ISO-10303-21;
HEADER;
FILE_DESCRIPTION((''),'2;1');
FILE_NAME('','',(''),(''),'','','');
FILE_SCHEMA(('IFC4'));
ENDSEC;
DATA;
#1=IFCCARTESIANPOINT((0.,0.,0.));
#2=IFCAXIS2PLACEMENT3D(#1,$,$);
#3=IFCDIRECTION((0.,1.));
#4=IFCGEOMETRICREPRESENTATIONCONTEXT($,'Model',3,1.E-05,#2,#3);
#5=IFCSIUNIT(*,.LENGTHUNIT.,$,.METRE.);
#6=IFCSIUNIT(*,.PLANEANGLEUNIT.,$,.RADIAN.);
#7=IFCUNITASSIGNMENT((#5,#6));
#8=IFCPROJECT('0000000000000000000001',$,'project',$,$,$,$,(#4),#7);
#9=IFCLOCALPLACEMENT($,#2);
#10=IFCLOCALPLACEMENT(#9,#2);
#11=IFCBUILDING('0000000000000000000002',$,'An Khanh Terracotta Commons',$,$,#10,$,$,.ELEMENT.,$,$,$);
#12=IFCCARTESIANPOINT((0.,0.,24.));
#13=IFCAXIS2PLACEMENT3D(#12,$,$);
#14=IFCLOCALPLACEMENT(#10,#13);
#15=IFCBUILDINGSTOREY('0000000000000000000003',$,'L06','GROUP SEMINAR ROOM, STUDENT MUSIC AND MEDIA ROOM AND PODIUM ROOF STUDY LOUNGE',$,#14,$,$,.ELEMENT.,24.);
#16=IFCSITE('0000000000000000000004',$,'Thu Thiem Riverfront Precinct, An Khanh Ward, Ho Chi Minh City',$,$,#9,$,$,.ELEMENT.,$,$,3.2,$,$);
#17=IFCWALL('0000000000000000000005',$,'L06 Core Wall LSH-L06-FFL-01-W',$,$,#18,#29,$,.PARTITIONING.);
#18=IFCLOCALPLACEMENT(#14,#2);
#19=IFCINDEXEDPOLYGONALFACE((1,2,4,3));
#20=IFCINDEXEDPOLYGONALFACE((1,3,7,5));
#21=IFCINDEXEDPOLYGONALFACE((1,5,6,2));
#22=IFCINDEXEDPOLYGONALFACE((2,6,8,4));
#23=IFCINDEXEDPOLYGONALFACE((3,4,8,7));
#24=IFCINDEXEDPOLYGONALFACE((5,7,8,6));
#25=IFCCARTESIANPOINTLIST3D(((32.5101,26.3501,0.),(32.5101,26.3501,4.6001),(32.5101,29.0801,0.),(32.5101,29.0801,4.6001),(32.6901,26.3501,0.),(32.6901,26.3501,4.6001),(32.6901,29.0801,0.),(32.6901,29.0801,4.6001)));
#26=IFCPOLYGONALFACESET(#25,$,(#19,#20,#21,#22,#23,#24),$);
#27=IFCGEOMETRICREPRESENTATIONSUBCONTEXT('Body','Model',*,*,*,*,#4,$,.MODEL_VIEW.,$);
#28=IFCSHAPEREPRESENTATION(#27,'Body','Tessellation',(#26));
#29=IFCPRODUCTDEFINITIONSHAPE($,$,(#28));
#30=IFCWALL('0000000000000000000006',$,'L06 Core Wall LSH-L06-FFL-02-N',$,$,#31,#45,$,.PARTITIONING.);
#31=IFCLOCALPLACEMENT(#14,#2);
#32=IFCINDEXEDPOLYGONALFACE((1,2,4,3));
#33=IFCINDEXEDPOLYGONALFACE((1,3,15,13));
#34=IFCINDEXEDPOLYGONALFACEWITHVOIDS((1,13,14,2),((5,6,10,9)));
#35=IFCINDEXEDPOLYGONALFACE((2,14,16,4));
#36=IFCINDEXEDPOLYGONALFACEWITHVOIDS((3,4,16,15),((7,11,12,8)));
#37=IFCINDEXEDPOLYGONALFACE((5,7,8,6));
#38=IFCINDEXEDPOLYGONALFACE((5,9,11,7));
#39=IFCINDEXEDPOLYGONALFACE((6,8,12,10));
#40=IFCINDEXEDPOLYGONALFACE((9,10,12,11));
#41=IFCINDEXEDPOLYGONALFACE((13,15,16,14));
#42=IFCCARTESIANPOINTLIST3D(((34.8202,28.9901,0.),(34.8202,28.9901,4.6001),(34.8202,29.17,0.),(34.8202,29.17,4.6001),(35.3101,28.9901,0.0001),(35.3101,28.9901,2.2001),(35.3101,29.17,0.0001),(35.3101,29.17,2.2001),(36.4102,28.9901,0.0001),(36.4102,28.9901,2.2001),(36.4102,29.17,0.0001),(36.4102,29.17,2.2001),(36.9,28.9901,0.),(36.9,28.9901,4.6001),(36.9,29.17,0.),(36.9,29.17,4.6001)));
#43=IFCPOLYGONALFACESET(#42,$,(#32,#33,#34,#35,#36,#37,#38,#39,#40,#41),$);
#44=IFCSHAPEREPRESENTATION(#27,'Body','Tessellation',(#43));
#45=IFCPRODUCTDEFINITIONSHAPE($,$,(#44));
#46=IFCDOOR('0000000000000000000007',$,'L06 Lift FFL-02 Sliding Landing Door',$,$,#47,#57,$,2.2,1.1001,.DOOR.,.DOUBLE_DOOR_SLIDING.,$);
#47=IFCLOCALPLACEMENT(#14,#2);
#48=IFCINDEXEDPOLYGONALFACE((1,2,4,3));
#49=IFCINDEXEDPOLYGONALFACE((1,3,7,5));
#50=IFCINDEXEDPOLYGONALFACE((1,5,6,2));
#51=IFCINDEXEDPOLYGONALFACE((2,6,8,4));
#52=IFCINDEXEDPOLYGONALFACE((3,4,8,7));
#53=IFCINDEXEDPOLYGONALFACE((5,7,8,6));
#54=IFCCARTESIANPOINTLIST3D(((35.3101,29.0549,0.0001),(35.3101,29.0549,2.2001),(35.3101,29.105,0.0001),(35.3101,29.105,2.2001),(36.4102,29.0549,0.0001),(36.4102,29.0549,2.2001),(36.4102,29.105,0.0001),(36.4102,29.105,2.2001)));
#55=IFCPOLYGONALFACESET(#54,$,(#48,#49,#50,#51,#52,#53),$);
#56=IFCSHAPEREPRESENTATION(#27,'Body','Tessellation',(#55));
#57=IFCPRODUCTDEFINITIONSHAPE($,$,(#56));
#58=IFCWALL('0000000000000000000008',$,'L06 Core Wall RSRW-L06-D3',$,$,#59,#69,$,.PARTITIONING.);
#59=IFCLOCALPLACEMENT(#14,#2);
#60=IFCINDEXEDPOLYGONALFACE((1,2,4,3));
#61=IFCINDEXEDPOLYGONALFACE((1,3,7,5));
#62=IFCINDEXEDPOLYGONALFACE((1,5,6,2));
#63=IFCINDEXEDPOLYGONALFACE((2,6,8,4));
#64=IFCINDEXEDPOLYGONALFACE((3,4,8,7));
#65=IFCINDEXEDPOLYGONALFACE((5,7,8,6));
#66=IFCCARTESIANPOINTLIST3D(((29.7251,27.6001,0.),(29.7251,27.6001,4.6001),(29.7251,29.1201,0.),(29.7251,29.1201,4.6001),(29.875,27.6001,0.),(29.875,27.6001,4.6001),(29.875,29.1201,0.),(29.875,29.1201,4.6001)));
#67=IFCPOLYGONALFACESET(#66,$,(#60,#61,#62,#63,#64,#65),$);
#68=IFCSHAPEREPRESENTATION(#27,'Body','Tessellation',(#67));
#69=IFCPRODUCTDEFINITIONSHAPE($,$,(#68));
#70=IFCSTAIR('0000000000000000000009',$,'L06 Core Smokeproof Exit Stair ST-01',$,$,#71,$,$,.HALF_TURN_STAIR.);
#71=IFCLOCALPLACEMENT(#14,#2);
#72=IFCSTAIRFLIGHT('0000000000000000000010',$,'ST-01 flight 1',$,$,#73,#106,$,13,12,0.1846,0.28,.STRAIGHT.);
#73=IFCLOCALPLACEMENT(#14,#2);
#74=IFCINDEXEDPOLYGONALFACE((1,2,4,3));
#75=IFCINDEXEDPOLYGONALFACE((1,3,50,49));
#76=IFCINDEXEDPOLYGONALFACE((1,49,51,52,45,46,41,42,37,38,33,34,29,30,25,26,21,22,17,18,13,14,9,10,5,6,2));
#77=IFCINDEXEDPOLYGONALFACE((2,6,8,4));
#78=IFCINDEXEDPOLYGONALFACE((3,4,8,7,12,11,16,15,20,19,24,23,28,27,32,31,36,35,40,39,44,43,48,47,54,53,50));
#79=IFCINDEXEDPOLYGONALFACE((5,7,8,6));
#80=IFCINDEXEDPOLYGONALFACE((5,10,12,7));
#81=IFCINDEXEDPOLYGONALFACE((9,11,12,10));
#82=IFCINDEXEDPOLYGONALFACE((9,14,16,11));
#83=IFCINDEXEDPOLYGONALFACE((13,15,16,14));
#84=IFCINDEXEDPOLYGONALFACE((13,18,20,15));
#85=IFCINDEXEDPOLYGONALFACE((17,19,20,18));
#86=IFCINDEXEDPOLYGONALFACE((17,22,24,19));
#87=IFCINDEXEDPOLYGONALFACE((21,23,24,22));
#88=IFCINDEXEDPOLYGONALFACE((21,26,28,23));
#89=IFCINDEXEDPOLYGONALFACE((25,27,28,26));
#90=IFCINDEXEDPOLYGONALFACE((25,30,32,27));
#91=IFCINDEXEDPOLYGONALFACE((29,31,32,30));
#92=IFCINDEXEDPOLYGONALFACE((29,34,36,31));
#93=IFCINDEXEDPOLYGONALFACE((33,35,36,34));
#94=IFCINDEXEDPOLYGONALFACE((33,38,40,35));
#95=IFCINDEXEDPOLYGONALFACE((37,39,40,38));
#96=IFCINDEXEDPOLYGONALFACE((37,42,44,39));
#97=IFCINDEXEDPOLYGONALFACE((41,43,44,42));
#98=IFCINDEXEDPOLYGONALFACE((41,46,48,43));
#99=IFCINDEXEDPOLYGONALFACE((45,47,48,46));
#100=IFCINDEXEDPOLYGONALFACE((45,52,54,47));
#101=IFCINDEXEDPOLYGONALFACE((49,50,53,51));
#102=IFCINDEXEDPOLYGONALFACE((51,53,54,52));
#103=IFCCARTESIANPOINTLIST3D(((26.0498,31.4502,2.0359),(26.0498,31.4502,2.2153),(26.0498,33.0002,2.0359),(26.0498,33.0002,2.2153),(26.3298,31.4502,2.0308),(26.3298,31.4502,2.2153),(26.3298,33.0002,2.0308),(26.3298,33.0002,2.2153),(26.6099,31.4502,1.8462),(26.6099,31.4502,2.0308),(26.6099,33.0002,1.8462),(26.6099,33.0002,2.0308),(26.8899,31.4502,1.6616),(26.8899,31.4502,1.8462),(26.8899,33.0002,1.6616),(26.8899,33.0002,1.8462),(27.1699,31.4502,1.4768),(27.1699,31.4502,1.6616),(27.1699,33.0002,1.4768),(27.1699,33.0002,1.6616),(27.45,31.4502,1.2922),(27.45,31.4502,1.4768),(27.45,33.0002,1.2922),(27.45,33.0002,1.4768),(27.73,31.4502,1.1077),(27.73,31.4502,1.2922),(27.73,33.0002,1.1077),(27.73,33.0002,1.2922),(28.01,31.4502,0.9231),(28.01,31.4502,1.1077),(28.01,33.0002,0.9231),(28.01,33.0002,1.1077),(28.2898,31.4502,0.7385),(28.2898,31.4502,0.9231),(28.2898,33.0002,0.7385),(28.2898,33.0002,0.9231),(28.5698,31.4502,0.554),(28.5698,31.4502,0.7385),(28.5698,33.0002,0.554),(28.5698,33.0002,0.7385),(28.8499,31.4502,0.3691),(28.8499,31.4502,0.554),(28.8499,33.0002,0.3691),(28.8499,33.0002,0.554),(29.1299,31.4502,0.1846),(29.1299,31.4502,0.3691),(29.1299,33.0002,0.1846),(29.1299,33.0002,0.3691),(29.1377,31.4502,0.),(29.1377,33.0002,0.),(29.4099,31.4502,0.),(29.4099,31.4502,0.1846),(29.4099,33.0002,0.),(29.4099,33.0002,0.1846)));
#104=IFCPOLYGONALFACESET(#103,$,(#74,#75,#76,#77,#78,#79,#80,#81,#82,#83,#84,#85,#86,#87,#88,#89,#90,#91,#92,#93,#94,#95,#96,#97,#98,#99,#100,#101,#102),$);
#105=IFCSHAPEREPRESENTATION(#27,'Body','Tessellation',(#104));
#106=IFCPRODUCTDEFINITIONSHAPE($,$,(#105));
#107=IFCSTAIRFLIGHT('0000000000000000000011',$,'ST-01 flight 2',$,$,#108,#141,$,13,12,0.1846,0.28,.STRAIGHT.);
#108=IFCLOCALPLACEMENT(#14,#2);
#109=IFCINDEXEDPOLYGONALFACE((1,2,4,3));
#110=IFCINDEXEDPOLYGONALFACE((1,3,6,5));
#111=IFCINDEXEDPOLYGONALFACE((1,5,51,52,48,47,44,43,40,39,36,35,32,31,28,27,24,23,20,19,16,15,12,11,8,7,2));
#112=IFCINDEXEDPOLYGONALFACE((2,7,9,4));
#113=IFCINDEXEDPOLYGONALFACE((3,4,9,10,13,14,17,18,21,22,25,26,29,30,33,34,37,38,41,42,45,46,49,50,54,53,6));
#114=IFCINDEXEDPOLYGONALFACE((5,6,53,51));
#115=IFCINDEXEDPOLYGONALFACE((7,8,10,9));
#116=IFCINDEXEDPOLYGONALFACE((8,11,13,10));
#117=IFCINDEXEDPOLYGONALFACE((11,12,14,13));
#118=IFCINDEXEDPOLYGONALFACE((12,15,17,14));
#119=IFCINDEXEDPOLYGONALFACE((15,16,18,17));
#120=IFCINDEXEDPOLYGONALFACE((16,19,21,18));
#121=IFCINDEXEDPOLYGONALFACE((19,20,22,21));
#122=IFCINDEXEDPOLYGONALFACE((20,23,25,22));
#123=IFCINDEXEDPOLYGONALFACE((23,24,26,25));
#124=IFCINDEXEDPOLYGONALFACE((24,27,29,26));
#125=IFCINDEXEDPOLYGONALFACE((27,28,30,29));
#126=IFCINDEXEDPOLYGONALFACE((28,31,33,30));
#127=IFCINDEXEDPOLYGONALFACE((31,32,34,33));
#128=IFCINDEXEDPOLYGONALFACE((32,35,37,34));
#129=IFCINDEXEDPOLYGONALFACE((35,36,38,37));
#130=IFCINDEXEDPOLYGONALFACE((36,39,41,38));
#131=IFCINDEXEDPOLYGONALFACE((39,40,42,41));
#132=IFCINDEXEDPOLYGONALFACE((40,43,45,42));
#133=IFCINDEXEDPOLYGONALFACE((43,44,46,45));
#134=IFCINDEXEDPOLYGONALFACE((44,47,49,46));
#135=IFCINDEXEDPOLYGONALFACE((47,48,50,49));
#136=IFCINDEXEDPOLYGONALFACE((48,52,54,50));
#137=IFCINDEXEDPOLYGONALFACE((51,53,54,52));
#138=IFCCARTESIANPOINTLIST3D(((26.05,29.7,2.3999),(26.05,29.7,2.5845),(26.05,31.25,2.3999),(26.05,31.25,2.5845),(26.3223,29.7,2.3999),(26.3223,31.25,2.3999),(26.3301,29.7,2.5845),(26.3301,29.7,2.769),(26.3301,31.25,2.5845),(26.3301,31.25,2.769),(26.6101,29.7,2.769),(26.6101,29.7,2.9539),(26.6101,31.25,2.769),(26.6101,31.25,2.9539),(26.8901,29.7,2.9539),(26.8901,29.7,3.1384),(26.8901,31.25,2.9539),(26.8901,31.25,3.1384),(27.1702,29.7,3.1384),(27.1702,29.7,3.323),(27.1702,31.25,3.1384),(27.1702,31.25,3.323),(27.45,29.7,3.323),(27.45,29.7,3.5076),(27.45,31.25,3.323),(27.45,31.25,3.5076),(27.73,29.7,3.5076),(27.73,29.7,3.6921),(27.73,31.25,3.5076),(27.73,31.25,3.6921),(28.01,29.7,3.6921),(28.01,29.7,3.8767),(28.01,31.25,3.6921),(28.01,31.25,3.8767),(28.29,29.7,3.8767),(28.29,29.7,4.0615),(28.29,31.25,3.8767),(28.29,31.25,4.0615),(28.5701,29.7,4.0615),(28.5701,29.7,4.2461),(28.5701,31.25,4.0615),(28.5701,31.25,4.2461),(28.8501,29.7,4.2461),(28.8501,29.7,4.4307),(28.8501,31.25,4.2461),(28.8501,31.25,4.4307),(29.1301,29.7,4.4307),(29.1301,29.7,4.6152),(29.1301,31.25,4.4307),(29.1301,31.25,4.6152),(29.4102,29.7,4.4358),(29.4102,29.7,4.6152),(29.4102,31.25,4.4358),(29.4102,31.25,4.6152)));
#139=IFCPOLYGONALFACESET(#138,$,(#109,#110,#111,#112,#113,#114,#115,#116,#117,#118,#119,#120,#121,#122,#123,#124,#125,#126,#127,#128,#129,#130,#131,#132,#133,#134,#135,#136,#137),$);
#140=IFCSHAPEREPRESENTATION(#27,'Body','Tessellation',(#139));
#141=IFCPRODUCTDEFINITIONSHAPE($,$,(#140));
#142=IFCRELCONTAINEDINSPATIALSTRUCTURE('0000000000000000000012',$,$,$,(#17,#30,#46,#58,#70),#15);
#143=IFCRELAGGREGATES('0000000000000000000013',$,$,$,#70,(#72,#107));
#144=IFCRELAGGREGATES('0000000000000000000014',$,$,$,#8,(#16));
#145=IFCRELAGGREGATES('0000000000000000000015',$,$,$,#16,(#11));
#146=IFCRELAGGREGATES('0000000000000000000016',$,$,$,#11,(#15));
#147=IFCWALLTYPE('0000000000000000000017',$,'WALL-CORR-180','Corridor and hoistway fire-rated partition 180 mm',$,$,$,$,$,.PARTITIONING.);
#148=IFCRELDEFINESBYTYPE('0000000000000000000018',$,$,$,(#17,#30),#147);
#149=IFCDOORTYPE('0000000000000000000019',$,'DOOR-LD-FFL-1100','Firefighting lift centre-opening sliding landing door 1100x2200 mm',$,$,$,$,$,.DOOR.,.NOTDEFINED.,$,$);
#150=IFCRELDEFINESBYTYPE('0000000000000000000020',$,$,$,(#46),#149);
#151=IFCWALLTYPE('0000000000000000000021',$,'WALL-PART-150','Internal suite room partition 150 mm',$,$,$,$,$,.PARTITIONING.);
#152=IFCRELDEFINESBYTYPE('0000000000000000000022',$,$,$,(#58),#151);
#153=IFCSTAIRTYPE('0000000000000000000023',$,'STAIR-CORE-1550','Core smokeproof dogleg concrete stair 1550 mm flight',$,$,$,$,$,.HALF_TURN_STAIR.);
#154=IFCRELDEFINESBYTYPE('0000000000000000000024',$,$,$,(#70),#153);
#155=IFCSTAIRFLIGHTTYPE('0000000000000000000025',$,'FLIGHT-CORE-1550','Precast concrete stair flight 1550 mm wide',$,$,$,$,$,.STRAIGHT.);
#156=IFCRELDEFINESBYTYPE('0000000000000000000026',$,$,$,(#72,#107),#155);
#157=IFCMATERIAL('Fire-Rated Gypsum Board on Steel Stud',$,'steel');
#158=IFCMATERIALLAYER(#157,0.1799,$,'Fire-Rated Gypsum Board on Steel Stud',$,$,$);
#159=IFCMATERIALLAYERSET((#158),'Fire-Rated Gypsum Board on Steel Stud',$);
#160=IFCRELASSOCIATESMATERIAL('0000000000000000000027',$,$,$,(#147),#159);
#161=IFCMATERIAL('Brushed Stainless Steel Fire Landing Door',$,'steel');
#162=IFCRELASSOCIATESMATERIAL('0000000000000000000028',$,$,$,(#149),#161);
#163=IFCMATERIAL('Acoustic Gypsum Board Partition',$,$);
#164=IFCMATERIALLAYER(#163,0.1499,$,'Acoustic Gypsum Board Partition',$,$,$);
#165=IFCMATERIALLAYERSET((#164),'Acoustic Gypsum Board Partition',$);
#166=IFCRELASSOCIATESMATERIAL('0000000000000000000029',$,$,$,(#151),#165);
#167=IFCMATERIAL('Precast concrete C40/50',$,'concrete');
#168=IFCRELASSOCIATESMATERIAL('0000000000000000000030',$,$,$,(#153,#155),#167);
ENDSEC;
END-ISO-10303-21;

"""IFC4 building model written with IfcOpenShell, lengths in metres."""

from ifc_helpers import new_model, si_unit, direction, frame, frame_2d, origin, place, context, subcontext, project, spatial, polyline, rectangle, outline, extrude, material, layer, layer_set, type_object, element, fill, aggregate, save


model = new_model("IFC4")

# Units and contexts
model_context = context("Model", 3, precision=1e-05, world=origin(), true_north=direction((0.0, 1.0)))
body_context = subcontext(model_context, "Body", "Model", "MODEL_VIEW")
ifc_project = project(units=[si_unit("LENGTHUNIT", "METRE"), si_unit("PLANEANGLEUNIT", "RADIAN")], contexts=[model_context])

# Site, building, storey
site_placement = place(None, origin())
site = spatial("IfcSite", under=ifc_project, at=site_placement, Name="Thu Thiem Riverfront Precinct, An Khanh Ward, Ho Chi Minh City", CompositionType="ELEMENT", RefElevation=3.2)
building_placement = place(site_placement, origin())
building = spatial("IfcBuilding", under=site, at=building_placement, Name="An Khanh Terracotta Commons", CompositionType="ELEMENT")
storey_placement = place(building_placement, frame((0.0, 0.0, 24.0)))
storey = spatial("IfcBuildingStorey", under=building, at=storey_placement, Name="L06", Description="GROUP SEMINAR ROOM, STUDENT MUSIC AND MEDIA ROOM AND PODIUM ROOF STUDY LOUNGE", CompositionType="ELEMENT", Elevation=24.0)

# Shared definitions
ifc_material_1 = material(Name="Fire-Rated Gypsum Board on Steel Stud", Category="steel")
ifc_layer_1 = layer(ifc_material_1, 0.1799, Name="Fire-Rated Gypsum Board on Steel Stud")
ifc_layer_set_1 = layer_set([ifc_layer_1], Name="Fire-Rated Gypsum Board on Steel Stud")
wall_type_1 = type_object("IfcWallType", Name="WALL-CORR-180", Description="Corridor and hoistway fire-rated partition 180 mm", PredefinedType="PARTITIONING", material=ifc_layer_set_1)

# Shared definitions
ifc_material_2 = material(Name="Brushed Stainless Steel Fire Landing Door", Category="steel")
door_type_1 = type_object("IfcDoorType", Name="DOOR-LD-FFL-1100", Description="Firefighting lift centre-opening sliding landing door 1100x2200 mm", OperationType="NOTDEFINED", PredefinedType="DOOR", material=ifc_material_2)

# Wall
wall_1_placement = place(storey_placement, frame((32.6001, 29.0801, 0.0), z_axis=(0.0, 0.0, 1.0), x_axis=(0.0, -1.0, 0.0)))
element("IfcWall", 1, at=wall_1_placement, inside=storey, type_object=wall_type_1, Name="L06 Core Wall LSH-L06-FFL-01-W", PredefinedType="PARTITIONING", context=body_context, shape_type="SweptSolid", body=[
    extrude(rectangle(XDim=2.73, YDim=0.1799, at=frame_2d((1.365, 0.0))), origin(), (0.0, 0.0, 1.0), 4.6001),
])

# Wall, opening, door
wall_2_placement = place(storey_placement, frame((34.8201, 29.0801, 0.0), z_axis=(0.0, 0.0, 1.0), x_axis=(1.0, 0.0, 0.0)))
wall_2 = element("IfcWall", 2, at=wall_2_placement, inside=storey, type_object=wall_type_1, Name="L06 Core Wall LSH-L06-FFL-02-N", PredefinedType="PARTITIONING", context=body_context, shape_type="SweptSolid", body=[
    extrude(rectangle(XDim=2.0798, YDim=0.1799, at=frame_2d((1.04, 0.0))), origin(), (0.0, 0.0, 1.0), 4.6001),
])
opening_1_placement = place(wall_2_placement, frame((0.49, 0.0, 0.0)))
opening_1 = element("IfcOpeningElement", 3, at=opening_1_placement, cuts=wall_2, PredefinedType="OPENING", context=body_context, shape_type="SweptSolid", body=[
    extrude(rectangle(XDim=1.1001, YDim=2.2, at=frame_2d((0.55, 1.1001))), frame((0.0, 0.0999, 0.0), z_axis=(0.0, -1.0, 0.0), x_axis=(1.0, 0.0, 0.0)), (0.0, 0.0, 1.0), 0.2),
])
door_1_placement = place(opening_1_placement, origin())
door_1 = element("IfcDoor", 4, at=door_1_placement, inside=storey, type_object=door_type_1, Name="L06 Lift FFL-02 Sliding Landing Door", OperationType="DOUBLE_DOOR_SLIDING", OverallHeight=2.2, OverallWidth=1.1001, PredefinedType="DOOR", context=body_context, shape_type="SweptSolid", body=[
    extrude(rectangle(XDim=1.1001, YDim=2.2, at=frame_2d((0.55, 1.1001))), frame((0.0, 0.0249, 0.0), z_axis=(0.0, -1.0, 0.0), x_axis=(1.0, 0.0, 0.0)), (0.0, 0.0, 1.0), 0.05),
])
fill(opening_1, door_1)

# Wall
ifc_material_3 = material(Name="Acoustic Gypsum Board Partition")
ifc_layer_2 = layer(ifc_material_3, 0.1499, Name="Acoustic Gypsum Board Partition")
ifc_layer_set_2 = layer_set([ifc_layer_2], Name="Acoustic Gypsum Board Partition")
wall_type_2 = type_object("IfcWallType", Name="WALL-PART-150", Description="Internal suite room partition 150 mm", PredefinedType="PARTITIONING", material=ifc_layer_set_2)
wall_3_placement = place(storey_placement, frame((29.8, 27.6001, 0.0), z_axis=(0.0, 0.0, 1.0), x_axis=(0.0, 1.0, 0.0)))
element("IfcWall", 5, at=wall_3_placement, inside=storey, type_object=wall_type_2, Name="L06 Core Wall RSRW-L06-D3", PredefinedType="PARTITIONING", context=body_context, shape_type="SweptSolid", body=[
    extrude(rectangle(XDim=1.52, YDim=0.1499, at=frame_2d((0.76, 0.0))), origin(), (0.0, 0.0, 1.0), 4.6001),
])

# Stair, stair flights
ifc_material_4 = material(Name="Precast concrete C40/50", Category="concrete")
stair_type = type_object("IfcStairType", Name="STAIR-CORE-1550", Description="Core smokeproof dogleg concrete stair 1550 mm flight", PredefinedType="HALF_TURN_STAIR", material=ifc_material_4)
stair_placement = place(storey_placement, origin())
stair = element("IfcStair", 6, at=stair_placement, inside=storey, type_object=stair_type, Name="L06 Core Smokeproof Exit Stair ST-01", PredefinedType="HALF_TURN_STAIR")
stair_flight_type = type_object("IfcStairFlightType", Name="FLIGHT-CORE-1550", Description="Precast concrete stair flight 1550 mm wide", PredefinedType="STRAIGHT", material=ifc_material_4)
stair_flight_1_placement = place(storey_placement, frame((29.4099, 32.2251, 0.0), z_axis=(0.0, 0.0, 1.0), x_axis=(-1.0, 0.0, 0.0)))
stair_flight_1 = element("IfcStairFlight", 7, at=stair_flight_1_placement, type_object=stair_flight_type, Name="ST-01 flight 1", NumberOfRisers=13, NumberOfTreads=12, PredefinedType="STRAIGHT", RiserHeight=0.1846, TreadLength=0.28, context=body_context, shape_type="SweptSolid", body=[
    extrude(outline(polyline([(0.0, 0.0), (0.0, 0.1846), (0.28, 0.1846), (0.28, 0.3691), (0.5601, 0.3691), (0.5601, 0.554), (0.8401, 0.554), (0.8401, 0.7385), (1.1201, 0.7385), (1.1201, 0.9231), (1.3999, 0.9231), (1.3999, 1.1077), (1.6799, 1.1077), (1.6799, 1.2922), (1.96, 1.2922), (1.96, 1.4768), (2.24, 1.4768), (2.24, 1.6616), (2.52, 1.6616), (2.52, 1.8462), (2.8, 1.8462), (2.8, 2.0308), (3.0801, 2.0308), (3.0801, 2.2153), (3.3601, 2.2153), (3.3601, 2.3999), (3.3601, 2.0359), (0.2722, 0.0), (0.0, 0.0)])), frame((0.0, 0.7749, 0.0), z_axis=(0.0, -1.0, 0.0), x_axis=(1.0, 0.0, 0.0)), (0.0, 0.0, 1.0), 1.55),
])
stair_flight_2_placement = place(storey_placement, frame((26.05, 30.4751, 2.3999), z_axis=(0.0, 0.0, 1.0), x_axis=(1.0, 0.0, 0.0)))
stair_flight_2 = element("IfcStairFlight", 8, at=stair_flight_2_placement, type_object=stair_flight_type, Name="ST-01 flight 2", NumberOfRisers=13, NumberOfTreads=12, PredefinedType="STRAIGHT", RiserHeight=0.1846, TreadLength=0.28, context=body_context, shape_type="SweptSolid", body=[
    extrude(outline(polyline([(0.0, 0.0), (0.0, 0.1846), (0.28, 0.1846), (0.28, 0.3691), (0.5601, 0.3691), (0.5601, 0.554), (0.8401, 0.554), (0.8401, 0.7385), (1.1201, 0.7385), (1.1201, 0.9231), (1.3999, 0.9231), (1.3999, 1.1077), (1.6799, 1.1077), (1.6799, 1.2922), (1.96, 1.2922), (1.96, 1.4768), (2.24, 1.4768), (2.24, 1.6616), (2.52, 1.6616), (2.52, 1.8462), (2.8, 1.8462), (2.8, 2.0308), (3.0801, 2.0308), (3.0801, 2.2153), (3.3601, 2.2153), (3.3601, 2.3999), (3.3601, 2.0359), (0.2722, 0.0), (0.0, 0.0)])), frame((0.0, 0.7749, 0.0), z_axis=(0.0, -1.0, 0.0), x_axis=(1.0, 0.0, 0.0)), (0.0, 0.0, 1.0), 1.55),
])
aggregate(stair, [stair_flight_1, stair_flight_2])

save(model, "model.ifc")
